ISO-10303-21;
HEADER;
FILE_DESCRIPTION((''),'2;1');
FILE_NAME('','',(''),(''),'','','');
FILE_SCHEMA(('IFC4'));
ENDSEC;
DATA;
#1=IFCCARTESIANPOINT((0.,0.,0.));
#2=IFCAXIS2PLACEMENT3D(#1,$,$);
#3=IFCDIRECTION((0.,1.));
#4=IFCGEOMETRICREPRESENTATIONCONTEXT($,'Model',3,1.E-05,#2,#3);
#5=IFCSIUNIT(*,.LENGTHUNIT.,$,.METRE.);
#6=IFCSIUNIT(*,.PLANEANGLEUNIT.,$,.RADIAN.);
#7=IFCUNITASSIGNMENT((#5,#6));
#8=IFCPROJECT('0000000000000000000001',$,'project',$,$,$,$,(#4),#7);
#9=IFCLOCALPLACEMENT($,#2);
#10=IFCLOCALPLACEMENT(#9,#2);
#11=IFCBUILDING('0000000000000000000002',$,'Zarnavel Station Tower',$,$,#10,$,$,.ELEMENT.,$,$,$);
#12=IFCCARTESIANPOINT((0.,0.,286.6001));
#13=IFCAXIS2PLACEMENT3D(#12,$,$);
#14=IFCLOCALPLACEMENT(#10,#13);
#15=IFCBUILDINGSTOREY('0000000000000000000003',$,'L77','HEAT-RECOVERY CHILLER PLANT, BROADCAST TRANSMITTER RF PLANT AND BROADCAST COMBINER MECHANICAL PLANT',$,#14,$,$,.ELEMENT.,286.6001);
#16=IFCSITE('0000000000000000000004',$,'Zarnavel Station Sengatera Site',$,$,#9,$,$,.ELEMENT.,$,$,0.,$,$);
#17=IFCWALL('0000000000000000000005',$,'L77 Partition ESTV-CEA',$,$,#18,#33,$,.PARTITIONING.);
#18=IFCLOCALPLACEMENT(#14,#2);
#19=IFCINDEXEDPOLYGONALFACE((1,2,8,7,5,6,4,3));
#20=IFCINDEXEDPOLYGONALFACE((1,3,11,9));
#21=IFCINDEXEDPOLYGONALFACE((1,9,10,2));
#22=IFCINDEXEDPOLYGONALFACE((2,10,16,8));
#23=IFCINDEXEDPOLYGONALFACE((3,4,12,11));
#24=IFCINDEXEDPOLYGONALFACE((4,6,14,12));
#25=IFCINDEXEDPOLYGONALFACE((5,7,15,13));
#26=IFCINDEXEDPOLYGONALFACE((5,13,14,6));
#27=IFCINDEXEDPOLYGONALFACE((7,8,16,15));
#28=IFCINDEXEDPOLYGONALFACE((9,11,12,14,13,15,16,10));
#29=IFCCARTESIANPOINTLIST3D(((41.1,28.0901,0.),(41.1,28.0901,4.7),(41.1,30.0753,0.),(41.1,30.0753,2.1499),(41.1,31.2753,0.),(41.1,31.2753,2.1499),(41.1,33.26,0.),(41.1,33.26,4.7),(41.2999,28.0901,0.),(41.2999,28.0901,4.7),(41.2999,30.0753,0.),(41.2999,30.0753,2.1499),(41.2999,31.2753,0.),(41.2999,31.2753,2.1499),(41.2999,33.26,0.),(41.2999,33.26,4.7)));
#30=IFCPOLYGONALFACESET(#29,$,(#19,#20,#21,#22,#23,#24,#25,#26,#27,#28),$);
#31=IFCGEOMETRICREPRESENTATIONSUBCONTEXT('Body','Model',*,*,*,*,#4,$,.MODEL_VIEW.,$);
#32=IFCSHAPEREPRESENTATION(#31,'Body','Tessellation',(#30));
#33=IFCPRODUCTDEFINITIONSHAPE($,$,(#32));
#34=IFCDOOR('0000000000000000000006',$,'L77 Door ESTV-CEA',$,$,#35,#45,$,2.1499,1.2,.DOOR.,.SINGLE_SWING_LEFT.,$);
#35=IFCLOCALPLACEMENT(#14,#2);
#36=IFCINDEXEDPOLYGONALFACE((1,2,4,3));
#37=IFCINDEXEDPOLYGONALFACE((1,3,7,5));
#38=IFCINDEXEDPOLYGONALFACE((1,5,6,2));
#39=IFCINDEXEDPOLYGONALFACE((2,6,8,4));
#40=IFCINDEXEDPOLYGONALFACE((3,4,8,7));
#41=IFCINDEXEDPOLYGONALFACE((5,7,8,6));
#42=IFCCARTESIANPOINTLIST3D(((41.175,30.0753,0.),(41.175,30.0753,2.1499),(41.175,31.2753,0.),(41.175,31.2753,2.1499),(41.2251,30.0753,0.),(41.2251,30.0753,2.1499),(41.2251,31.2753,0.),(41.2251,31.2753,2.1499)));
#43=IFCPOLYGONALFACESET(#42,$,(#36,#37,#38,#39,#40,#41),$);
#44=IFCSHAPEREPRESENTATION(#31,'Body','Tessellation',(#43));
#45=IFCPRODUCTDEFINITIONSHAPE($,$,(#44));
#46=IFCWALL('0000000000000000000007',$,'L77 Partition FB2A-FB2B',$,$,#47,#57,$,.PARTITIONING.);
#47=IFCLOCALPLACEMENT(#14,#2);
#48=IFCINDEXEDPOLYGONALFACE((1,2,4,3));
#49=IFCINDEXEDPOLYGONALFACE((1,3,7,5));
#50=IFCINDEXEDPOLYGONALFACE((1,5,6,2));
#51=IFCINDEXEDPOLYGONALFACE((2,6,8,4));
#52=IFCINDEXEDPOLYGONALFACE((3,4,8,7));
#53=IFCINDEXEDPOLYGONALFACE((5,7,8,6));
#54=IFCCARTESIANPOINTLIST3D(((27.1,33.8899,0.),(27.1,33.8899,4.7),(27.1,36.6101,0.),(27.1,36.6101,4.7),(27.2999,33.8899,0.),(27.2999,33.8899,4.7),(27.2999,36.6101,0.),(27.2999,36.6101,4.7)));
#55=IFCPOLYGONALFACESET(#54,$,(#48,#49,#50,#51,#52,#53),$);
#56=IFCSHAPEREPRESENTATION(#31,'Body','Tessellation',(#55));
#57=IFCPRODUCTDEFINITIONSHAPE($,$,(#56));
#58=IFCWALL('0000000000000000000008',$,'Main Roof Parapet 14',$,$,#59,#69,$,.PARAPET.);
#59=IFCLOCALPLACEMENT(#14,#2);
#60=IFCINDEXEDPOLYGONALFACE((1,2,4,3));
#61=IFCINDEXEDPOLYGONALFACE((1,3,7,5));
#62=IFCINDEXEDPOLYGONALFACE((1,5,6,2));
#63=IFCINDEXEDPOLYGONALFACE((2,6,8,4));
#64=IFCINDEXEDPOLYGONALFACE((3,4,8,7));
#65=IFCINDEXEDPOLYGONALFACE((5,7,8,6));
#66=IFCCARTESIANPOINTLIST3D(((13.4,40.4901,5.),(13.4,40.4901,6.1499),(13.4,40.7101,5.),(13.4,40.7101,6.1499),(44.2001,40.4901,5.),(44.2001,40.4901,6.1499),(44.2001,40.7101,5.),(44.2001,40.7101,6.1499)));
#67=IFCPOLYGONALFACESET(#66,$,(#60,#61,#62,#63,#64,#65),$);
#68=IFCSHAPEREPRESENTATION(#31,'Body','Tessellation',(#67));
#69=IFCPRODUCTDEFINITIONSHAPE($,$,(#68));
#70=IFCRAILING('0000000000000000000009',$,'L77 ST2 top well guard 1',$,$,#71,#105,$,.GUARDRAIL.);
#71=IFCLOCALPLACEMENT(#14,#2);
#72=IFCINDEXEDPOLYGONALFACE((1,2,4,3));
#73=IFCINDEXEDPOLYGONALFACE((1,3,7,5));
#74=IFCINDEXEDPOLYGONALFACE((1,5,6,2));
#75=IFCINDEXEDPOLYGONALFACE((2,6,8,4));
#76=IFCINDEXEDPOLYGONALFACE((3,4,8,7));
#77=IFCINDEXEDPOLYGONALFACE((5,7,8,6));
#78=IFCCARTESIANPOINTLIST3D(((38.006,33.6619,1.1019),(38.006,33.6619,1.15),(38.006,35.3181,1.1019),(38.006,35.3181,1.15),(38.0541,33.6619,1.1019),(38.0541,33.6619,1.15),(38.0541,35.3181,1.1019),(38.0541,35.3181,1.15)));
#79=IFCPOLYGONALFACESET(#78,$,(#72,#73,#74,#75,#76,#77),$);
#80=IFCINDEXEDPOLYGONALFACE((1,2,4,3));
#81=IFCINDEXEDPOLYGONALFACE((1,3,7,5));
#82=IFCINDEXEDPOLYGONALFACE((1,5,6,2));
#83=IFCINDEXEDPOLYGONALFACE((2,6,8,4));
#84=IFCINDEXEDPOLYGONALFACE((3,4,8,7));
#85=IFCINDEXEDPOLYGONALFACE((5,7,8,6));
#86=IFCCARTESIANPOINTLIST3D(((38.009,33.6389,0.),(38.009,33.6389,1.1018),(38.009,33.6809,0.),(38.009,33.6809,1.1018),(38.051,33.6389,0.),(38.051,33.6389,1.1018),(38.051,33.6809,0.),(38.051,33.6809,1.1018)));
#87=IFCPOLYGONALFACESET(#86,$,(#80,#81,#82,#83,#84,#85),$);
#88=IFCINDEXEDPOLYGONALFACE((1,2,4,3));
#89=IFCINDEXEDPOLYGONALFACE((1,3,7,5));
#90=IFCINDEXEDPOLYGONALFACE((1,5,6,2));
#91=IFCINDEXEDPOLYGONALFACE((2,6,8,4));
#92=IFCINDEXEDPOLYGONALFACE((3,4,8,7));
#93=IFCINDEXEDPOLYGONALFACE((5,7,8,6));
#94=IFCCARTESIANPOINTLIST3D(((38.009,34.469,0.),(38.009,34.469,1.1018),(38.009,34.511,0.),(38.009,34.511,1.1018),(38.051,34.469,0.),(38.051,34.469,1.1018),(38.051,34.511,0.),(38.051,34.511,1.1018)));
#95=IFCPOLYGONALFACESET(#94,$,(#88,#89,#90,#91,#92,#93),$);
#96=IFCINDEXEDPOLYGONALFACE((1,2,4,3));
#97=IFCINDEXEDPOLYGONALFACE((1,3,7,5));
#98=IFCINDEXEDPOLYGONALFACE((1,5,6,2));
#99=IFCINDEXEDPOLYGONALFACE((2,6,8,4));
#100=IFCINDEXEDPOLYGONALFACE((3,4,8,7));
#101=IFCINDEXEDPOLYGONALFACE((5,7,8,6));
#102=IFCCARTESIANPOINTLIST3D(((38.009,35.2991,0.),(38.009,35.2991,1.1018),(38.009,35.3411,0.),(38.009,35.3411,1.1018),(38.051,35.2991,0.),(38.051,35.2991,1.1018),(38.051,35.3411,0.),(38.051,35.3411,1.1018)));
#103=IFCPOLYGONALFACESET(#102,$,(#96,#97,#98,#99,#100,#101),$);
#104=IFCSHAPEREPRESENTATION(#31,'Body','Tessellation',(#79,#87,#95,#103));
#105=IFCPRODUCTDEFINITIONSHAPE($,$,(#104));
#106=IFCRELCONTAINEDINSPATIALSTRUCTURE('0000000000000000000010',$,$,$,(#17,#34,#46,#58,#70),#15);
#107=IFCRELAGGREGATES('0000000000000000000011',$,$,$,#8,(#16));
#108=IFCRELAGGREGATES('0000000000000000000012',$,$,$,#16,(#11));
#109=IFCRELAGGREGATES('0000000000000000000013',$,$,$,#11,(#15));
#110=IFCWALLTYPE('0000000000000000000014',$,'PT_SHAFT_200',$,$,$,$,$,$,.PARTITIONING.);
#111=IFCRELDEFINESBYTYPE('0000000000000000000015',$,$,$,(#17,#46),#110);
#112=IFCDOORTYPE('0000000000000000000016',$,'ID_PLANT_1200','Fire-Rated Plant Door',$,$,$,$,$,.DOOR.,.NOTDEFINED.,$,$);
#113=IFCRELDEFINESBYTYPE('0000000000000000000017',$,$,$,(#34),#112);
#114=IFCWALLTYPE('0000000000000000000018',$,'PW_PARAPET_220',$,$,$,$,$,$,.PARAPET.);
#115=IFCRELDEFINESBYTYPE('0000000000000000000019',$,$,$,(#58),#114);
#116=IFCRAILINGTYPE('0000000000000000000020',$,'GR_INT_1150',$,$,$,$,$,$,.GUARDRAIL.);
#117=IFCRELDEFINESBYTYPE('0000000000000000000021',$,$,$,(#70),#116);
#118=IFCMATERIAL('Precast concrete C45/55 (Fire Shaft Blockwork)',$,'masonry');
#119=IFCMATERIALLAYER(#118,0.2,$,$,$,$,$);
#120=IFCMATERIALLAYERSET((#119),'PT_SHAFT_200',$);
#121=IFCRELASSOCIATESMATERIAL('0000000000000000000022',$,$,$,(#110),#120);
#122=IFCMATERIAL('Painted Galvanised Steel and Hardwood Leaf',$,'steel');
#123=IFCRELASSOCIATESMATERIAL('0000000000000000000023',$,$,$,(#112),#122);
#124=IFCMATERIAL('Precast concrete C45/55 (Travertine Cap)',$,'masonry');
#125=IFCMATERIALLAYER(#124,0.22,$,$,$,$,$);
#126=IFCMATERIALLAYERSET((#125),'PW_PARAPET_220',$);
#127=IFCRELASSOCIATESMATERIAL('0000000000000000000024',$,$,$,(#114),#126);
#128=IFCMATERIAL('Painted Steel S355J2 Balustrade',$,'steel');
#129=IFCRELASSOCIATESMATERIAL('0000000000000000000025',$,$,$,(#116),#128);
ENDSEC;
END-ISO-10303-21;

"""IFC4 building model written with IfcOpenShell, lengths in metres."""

from ifc_helpers import new_model, si_unit, direction, frame, frame_2d, origin, origin_2d, place, context, subcontext, project, spatial, rectangle, extrude, material, layer, layer_set, type_object, element, fill, save


model = new_model("IFC4")

# Units and contexts
model_context = context("Model", 3, precision=1e-05, world=origin(), true_north=direction((0.0, 1.0)))
body_context = subcontext(model_context, "Body", "Model", "MODEL_VIEW")
ifc_project = project(units=[si_unit("LENGTHUNIT", "METRE"), si_unit("PLANEANGLEUNIT", "RADIAN")], contexts=[model_context])

# Site, building, storey
site_placement = place(None, origin())
site = spatial("IfcSite", under=ifc_project, at=site_placement, Name="Zarnavel Station Sengatera Site", CompositionType="ELEMENT", RefElevation=0.0)
building_placement = place(site_placement, origin())
building = spatial("IfcBuilding", under=site, at=building_placement, Name="Zarnavel Station Tower", CompositionType="ELEMENT")
storey_placement = place(building_placement, frame((0.0, 0.0, 286.6001)))
storey = spatial("IfcBuildingStorey", under=building, at=storey_placement, Name="L77", Description="HEAT-RECOVERY CHILLER PLANT, BROADCAST TRANSMITTER RF PLANT AND BROADCAST COMBINER MECHANICAL PLANT", CompositionType="ELEMENT", Elevation=286.6001)

# Wall, opening, door
ifc_material_1 = material(Name="Precast concrete C45/55 (Fire Shaft Blockwork)", Category="masonry")
ifc_layer_1 = layer(ifc_material_1, 0.2)
ifc_layer_set_1 = layer_set([ifc_layer_1], Name="PT_SHAFT_200")
wall_type_1 = type_object("IfcWallType", Name="PT_SHAFT_200", PredefinedType="PARTITIONING", material=ifc_layer_set_1)
wall_1_placement = place(storey_placement, frame((41.2, 28.0901, 0.0), z_axis=(0.0, 0.0, 1.0), x_axis=(0.0, 1.0, 0.0)))
wall_1 = element("IfcWall", 1, at=wall_1_placement, inside=storey, type_object=wall_type_1, Name="L77 Partition ESTV-CEA", PredefinedType="PARTITIONING", context=body_context, shape_type="SweptSolid", body=[
    extrude(rectangle(XDim=5.1699, YDim=0.2, at=frame_2d((2.585, 0.0))), origin(), (0.0, 0.0, 1.0), 4.7),
])
opening_1_placement = place(wall_1_placement, frame((1.9851, 0.0, 0.0)))
opening_1 = element("IfcOpeningElement", 2, at=opening_1_placement, cuts=wall_1, PredefinedType="OPENING", context=body_context, shape_type="SweptSolid", body=[
    extrude(rectangle(XDim=1.2, YDim=2.1499, at=frame_2d((0.6001, 1.075))), frame((0.0, 0.1099, 0.0), z_axis=(0.0, -1.0, 0.0), x_axis=(1.0, 0.0, 0.0)), (0.0, 0.0, 1.0), 0.22),
])
ifc_material_2 = material(Name="Painted Galvanised Steel and Hardwood Leaf", Category="steel")
door_type_1 = type_object("IfcDoorType", Name="ID_PLANT_1200", Description="Fire-Rated Plant Door", OperationType="NOTDEFINED", PredefinedType="DOOR", material=ifc_material_2)
door_1_placement = place(opening_1_placement, origin())
door_1 = element("IfcDoor", 3, at=door_1_placement, inside=storey, type_object=door_type_1, Name="L77 Door ESTV-CEA", OperationType="SINGLE_SWING_LEFT", OverallHeight=2.1499, OverallWidth=1.2, PredefinedType="DOOR", context=body_context, shape_type="SweptSolid", body=[
    extrude(rectangle(XDim=1.2, YDim=2.1499, at=frame_2d((0.6001, 1.075))), frame((0.0, 0.0249, 0.0), z_axis=(0.0, -1.0, 0.0), x_axis=(1.0, 0.0, 0.0)), (0.0, 0.0, 1.0), 0.05),
])
fill(opening_1, door_1)

# Walls
wall_2_placement = place(storey_placement, frame((27.2, 33.8899, 0.0), z_axis=(0.0, 0.0, 1.0), x_axis=(0.0, 1.0, 0.0)))
element("IfcWall", 4, at=wall_2_placement, inside=storey, type_object=wall_type_1, Name="L77 Partition FB2A-FB2B", PredefinedType="PARTITIONING", context=body_context, shape_type="SweptSolid", body=[
    extrude(rectangle(XDim=2.7202, YDim=0.2, at=frame_2d((1.3601, 0.0))), origin(), (0.0, 0.0, 1.0), 4.7),
])
ifc_material_3 = material(Name="Precast concrete C45/55 (Travertine Cap)", Category="masonry")
ifc_layer_2 = layer(ifc_material_3, 0.22)
ifc_layer_set_2 = layer_set([ifc_layer_2], Name="PW_PARAPET_220")
wall_type_2 = type_object("IfcWallType", Name="PW_PARAPET_220", PredefinedType="PARAPET", material=ifc_layer_set_2)
wall_3_placement = place(storey_placement, frame((44.2, 40.6001, 5.0), z_axis=(0.0, 0.0, 1.0), x_axis=(-1.0, 0.0, 0.0)))
element("IfcWall", 5, at=wall_3_placement, inside=storey, type_object=wall_type_2, Name="Main Roof Parapet 14", PredefinedType="PARAPET", context=body_context, shape_type="SweptSolid", body=[
    extrude(rectangle(XDim=30.8, YDim=0.22, at=frame_2d((15.3999, 0.0))), origin(), (0.0, 0.0, 1.0), 1.1499),
])

# Railing
ifc_material_4 = material(Name="Painted Steel S355J2 Balustrade", Category="steel")
railing_type = type_object("IfcRailingType", Name="GR_INT_1150", PredefinedType="GUARDRAIL", material=ifc_material_4)
railing_placement = place(storey_placement, frame((38.03, 33.6599, 0.0)))
element("IfcRailing", 6, at=railing_placement, inside=storey, type_object=railing_type, Name="L77 ST2 top well guard 1", PredefinedType="GUARDRAIL", context=body_context, shape_type="SweptSolid", body=[
    extrude(rectangle(XDim=0.0481, YDim=0.0481, at=origin_2d()), frame((0.0, 0.002, 1.126), z_axis=(0.0, 1.0, 0.0), x_axis=(-1.0, 0.0, 0.0)), (0.0, 0.0, 1.0), 1.6562),
    extrude(rectangle(XDim=0.042, YDim=0.042, at=origin_2d()), origin(), (0.0, 0.0, 1.0), 1.1018),
    extrude(rectangle(XDim=0.042, YDim=0.042, at=origin_2d()), frame((0.0, 0.8301, 0.0)), (0.0, 0.0, 1.0), 1.1018),
    extrude(rectangle(XDim=0.042, YDim=0.042, at=origin_2d()), frame((0.0, 1.6602, 0.0)), (0.0, 0.0, 1.0), 1.1018),
])

save(model, "model.ifc")
